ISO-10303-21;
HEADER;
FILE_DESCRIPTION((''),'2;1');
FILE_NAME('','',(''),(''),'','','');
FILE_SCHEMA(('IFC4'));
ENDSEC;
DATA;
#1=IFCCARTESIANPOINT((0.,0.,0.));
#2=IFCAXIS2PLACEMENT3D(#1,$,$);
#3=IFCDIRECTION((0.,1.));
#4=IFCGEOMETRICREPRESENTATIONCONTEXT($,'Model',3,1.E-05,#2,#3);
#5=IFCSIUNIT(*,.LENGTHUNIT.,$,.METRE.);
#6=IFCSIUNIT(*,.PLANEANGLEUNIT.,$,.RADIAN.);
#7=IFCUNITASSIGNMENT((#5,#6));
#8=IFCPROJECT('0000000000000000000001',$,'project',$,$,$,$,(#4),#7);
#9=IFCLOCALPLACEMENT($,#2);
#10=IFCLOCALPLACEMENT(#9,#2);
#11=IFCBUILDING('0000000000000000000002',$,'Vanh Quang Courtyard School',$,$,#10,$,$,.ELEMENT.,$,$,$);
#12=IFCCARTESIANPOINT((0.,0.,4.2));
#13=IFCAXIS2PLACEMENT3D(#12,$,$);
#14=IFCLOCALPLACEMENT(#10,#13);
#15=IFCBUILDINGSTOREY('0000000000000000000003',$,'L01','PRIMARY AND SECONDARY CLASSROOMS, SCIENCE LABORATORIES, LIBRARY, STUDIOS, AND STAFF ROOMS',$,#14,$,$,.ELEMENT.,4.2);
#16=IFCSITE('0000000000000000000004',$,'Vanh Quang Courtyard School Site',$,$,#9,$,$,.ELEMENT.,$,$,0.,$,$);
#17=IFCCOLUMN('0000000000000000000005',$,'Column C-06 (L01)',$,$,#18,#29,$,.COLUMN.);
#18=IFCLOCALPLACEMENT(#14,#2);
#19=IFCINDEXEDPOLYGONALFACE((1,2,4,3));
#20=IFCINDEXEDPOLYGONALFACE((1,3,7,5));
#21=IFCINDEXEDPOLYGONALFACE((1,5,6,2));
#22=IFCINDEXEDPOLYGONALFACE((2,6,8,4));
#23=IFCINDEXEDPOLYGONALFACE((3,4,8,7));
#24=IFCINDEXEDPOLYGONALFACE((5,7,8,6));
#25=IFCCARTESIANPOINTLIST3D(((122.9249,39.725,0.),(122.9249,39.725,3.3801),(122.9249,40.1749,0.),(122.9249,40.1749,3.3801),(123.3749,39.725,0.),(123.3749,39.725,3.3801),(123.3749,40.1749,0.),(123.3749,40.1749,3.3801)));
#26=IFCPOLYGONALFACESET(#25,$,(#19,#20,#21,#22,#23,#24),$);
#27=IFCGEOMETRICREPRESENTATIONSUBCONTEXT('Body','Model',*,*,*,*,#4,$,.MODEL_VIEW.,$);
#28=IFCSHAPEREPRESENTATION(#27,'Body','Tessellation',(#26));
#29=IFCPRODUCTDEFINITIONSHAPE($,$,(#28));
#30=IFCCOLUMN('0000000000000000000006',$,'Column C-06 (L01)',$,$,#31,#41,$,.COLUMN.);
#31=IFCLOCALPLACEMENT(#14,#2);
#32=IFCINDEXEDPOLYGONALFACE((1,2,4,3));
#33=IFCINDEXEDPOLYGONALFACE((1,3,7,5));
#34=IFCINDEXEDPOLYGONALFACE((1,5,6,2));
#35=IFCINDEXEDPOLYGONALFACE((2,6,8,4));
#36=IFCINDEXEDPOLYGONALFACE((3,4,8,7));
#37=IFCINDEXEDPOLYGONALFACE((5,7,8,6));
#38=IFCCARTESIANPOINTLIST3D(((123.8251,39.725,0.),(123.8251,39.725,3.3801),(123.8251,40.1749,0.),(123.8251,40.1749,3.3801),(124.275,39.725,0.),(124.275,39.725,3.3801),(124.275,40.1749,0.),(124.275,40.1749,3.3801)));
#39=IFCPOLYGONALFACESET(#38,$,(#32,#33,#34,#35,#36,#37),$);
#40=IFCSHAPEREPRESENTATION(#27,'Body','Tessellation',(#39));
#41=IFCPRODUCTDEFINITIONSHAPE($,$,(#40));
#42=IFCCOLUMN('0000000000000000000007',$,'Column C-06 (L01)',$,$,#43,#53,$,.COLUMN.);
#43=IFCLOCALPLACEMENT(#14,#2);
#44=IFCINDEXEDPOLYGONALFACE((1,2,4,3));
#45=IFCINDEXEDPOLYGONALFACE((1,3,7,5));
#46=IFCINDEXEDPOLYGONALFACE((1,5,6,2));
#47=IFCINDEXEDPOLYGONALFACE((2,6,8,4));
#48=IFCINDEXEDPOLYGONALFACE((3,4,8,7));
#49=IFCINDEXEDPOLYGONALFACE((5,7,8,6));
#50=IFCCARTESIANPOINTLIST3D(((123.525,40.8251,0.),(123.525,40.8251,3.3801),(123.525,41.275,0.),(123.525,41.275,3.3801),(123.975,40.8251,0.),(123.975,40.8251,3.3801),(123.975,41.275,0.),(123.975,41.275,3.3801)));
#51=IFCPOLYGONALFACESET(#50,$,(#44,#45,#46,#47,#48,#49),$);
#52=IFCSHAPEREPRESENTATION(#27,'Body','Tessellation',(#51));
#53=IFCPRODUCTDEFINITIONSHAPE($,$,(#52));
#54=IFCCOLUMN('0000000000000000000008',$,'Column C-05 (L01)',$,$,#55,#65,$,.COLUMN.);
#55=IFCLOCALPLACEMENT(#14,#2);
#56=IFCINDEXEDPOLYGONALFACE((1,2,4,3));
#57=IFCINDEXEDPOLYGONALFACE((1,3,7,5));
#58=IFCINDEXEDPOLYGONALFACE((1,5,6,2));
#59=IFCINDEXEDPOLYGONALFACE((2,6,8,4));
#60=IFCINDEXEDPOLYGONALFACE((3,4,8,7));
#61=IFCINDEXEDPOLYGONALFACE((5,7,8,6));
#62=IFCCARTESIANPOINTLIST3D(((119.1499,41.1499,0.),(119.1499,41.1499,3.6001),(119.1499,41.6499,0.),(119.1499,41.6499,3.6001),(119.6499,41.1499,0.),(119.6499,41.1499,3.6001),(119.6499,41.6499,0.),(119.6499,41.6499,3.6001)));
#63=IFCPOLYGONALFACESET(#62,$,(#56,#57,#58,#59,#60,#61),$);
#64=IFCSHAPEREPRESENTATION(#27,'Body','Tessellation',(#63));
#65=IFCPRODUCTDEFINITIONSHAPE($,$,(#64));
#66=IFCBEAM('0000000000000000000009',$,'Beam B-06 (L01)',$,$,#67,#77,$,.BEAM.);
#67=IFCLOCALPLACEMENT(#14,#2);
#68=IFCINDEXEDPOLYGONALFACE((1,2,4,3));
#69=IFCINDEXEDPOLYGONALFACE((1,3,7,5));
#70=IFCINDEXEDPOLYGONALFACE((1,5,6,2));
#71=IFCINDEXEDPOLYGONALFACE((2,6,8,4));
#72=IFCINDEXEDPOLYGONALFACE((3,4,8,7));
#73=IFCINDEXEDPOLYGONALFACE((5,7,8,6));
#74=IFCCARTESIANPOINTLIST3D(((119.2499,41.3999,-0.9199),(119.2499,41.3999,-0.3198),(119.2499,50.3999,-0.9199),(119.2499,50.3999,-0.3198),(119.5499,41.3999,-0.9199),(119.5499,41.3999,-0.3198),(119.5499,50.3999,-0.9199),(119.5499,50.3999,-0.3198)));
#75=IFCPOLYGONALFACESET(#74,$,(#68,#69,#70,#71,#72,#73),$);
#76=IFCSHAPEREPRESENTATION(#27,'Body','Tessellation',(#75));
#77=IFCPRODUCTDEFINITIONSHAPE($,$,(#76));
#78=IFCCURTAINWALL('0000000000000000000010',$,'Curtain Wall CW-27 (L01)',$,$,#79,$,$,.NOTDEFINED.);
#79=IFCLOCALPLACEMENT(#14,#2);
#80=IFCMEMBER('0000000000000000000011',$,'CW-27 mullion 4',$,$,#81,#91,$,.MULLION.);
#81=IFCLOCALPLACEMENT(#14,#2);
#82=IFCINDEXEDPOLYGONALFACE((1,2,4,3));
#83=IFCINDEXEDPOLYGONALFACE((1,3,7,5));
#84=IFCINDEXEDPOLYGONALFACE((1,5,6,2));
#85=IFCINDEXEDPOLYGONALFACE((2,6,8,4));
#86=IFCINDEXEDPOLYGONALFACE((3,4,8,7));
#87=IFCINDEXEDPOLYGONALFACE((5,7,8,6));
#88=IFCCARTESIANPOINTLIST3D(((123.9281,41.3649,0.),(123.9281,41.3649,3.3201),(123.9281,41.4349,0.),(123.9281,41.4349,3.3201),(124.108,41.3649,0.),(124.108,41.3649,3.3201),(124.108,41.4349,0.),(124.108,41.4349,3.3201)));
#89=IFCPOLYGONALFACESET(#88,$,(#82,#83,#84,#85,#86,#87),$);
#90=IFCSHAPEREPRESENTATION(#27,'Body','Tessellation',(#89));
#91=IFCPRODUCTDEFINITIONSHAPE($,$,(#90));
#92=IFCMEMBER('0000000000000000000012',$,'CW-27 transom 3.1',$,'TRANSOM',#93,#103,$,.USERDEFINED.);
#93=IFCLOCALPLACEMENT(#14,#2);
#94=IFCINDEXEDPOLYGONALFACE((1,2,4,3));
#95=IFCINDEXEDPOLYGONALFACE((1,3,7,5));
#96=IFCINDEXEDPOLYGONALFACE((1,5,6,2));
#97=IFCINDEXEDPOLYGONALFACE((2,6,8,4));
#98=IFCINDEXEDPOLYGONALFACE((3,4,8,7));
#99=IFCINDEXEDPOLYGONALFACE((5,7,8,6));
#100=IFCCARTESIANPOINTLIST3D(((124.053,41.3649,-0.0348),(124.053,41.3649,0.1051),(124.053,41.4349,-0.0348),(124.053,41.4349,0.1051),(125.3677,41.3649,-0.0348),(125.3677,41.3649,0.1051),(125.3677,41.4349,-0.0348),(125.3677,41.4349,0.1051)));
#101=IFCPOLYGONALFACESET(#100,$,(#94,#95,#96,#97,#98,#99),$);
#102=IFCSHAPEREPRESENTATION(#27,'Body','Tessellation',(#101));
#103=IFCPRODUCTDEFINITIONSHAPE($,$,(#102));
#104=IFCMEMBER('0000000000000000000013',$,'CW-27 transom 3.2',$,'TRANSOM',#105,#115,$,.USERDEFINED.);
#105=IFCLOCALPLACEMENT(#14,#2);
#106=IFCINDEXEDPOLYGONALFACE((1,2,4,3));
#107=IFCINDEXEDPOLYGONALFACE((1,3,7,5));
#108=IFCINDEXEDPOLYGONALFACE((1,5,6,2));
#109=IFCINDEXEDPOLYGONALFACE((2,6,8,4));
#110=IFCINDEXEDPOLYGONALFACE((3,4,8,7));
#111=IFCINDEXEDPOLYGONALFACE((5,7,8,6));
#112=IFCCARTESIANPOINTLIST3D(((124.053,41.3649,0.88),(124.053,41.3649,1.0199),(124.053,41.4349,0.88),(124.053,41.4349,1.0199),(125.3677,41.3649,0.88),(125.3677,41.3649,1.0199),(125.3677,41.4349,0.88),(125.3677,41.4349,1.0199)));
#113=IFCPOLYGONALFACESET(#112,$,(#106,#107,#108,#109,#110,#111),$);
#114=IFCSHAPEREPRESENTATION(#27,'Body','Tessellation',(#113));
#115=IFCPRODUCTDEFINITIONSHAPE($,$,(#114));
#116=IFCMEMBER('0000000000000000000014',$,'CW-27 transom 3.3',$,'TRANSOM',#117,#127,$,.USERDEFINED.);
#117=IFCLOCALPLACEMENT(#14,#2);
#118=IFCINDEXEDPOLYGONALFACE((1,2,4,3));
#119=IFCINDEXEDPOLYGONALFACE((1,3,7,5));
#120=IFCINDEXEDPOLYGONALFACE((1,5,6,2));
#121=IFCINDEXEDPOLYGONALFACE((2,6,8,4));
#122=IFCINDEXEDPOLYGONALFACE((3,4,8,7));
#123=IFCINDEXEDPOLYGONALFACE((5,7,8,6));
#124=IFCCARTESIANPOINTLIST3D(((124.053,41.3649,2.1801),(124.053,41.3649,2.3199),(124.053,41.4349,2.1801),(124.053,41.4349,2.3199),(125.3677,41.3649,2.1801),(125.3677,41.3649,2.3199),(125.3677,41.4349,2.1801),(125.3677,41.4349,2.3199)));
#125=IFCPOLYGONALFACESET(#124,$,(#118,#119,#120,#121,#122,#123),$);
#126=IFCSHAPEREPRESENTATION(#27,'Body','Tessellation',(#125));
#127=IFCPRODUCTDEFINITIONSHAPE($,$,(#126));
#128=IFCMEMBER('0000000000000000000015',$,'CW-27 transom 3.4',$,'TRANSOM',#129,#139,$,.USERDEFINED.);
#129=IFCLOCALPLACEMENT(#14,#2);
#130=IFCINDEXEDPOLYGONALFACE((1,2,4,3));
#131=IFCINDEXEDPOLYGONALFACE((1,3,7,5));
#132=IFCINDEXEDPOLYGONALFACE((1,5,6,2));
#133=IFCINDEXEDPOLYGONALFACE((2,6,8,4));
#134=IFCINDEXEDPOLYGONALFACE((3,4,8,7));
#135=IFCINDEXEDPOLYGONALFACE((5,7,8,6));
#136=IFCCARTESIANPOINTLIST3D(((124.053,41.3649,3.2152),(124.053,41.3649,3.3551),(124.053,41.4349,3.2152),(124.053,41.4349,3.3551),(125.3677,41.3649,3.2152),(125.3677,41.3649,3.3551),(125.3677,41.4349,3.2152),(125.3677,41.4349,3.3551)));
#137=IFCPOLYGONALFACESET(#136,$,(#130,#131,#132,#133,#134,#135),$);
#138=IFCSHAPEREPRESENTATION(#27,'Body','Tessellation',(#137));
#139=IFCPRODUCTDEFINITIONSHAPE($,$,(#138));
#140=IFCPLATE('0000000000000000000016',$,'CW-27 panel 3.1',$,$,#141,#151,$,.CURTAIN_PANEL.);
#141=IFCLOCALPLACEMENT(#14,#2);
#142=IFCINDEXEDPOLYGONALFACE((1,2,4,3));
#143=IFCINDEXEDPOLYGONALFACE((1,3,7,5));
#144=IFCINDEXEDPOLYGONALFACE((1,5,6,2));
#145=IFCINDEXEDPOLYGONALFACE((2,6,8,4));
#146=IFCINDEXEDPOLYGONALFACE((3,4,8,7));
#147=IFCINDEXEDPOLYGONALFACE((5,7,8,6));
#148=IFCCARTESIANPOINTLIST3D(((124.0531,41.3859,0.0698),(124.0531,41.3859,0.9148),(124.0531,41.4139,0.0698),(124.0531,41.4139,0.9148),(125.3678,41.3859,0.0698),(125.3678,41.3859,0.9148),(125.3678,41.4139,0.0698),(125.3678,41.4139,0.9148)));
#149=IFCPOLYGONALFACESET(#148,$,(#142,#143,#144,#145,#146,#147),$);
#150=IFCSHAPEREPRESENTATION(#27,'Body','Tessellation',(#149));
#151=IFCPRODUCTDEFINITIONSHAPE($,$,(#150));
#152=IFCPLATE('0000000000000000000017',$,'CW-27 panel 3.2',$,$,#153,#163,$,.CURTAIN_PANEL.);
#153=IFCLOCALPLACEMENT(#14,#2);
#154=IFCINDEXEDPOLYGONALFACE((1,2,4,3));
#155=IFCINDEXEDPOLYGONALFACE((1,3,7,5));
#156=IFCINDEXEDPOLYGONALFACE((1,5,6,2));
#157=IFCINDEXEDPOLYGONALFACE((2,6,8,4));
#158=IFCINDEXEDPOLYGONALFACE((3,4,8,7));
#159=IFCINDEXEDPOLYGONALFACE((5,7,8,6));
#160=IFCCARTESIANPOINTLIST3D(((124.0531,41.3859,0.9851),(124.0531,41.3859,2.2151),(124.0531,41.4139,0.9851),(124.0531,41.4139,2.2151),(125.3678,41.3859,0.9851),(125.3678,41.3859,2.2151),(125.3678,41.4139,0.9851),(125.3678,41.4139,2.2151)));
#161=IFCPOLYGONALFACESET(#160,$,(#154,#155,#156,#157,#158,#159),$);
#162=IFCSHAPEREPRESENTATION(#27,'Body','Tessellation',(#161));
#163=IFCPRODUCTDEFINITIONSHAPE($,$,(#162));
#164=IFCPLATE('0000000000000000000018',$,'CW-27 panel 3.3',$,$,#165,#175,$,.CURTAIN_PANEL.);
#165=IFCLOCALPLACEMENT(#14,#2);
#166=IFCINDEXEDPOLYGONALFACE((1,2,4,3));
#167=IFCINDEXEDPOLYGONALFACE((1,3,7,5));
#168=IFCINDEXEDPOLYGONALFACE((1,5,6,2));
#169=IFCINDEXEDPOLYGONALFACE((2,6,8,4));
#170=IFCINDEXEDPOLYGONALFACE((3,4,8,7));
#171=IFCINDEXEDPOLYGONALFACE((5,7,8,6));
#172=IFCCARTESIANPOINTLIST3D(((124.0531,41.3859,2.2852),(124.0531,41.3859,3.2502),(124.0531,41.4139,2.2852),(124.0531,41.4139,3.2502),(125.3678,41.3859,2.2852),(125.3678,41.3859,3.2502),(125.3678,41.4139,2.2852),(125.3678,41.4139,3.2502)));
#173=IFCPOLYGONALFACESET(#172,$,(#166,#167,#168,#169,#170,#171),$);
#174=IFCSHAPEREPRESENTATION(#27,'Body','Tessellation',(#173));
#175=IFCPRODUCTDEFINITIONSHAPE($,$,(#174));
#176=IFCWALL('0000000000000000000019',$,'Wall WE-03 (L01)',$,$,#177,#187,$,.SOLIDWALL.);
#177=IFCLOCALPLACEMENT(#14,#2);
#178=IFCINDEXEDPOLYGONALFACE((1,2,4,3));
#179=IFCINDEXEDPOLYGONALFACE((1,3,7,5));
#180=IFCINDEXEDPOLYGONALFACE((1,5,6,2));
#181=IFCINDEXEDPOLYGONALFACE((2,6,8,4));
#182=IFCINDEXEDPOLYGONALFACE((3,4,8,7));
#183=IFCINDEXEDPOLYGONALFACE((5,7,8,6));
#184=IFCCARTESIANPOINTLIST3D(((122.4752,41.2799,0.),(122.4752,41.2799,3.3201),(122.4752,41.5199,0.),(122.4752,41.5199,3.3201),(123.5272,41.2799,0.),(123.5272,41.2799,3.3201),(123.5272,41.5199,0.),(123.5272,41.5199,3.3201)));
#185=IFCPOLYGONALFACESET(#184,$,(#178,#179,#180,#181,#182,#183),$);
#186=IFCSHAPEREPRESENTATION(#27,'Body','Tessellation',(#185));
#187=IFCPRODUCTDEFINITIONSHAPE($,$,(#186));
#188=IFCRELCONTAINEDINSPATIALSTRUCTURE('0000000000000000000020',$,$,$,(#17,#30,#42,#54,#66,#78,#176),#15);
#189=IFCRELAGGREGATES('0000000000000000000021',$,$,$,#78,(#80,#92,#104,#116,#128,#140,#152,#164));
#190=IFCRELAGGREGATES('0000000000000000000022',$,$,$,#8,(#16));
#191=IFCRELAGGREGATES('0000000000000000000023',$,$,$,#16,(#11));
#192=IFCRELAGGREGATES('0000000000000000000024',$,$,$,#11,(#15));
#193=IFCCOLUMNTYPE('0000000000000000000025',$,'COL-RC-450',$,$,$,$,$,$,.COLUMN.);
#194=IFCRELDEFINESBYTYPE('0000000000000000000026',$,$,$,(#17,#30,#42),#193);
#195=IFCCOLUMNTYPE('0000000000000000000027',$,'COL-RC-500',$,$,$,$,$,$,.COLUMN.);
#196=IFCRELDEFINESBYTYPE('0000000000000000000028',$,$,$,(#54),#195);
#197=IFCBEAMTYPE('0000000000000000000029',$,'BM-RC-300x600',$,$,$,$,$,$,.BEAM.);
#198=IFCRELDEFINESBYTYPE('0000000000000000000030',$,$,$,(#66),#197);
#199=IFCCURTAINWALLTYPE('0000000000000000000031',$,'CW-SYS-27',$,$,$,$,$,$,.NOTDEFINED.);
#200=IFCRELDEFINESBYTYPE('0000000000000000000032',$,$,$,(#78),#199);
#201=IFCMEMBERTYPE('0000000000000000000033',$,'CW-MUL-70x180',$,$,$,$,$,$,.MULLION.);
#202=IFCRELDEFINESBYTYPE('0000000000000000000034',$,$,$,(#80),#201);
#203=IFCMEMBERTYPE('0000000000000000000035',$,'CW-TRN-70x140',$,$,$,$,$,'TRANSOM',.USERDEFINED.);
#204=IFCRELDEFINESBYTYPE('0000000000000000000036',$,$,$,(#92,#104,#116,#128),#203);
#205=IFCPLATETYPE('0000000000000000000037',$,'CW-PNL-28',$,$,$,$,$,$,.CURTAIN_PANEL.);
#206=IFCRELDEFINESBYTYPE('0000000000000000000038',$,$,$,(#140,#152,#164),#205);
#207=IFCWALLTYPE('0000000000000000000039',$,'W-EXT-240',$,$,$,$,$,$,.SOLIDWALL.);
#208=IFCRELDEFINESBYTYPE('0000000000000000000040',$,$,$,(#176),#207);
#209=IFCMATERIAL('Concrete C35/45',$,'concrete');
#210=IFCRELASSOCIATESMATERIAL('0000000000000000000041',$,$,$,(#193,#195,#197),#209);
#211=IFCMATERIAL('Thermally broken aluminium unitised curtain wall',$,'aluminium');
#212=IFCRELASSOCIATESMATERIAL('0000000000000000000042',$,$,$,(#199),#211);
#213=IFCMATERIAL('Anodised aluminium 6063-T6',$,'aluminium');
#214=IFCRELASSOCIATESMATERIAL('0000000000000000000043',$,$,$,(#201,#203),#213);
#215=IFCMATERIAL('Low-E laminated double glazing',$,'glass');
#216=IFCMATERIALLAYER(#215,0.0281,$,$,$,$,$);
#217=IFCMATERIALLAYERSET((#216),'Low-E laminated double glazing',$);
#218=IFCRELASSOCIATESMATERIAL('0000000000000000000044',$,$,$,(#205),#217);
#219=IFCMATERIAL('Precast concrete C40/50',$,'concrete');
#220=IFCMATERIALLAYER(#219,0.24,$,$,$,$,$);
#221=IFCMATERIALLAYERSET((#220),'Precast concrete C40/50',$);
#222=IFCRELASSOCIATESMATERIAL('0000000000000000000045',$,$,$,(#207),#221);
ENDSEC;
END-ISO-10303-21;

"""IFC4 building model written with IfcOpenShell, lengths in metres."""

from ifc_helpers import new_model, si_unit, direction, frame, frame_2d, origin, origin_2d, place, context, subcontext, project, spatial, rectangle, extrude, material, layer, layer_set, material_profile, profile_set, type_object, element, aggregate, save


model = new_model("IFC4")

# Units and contexts
model_context = context("Model", 3, precision=1e-05, world=origin(), true_north=direction((0.0, 1.0)))
body_context = subcontext(model_context, "Body", "Model", "MODEL_VIEW")
ifc_project = project(units=[si_unit("LENGTHUNIT", "METRE"), si_unit("PLANEANGLEUNIT", "RADIAN")], contexts=[model_context])

# Site, building, storey
site_placement = place(None, origin())
site = spatial("IfcSite", under=ifc_project, at=site_placement, Name="Vanh Quang Courtyard School Site", CompositionType="ELEMENT", RefElevation=0.0)
building_placement = place(site_placement, origin())
building = spatial("IfcBuilding", under=site, at=building_placement, Name="Vanh Quang Courtyard School", CompositionType="ELEMENT")
storey_placement = place(building_placement, frame((0.0, 0.0, 4.2)))
storey = spatial("IfcBuildingStorey", under=building, at=storey_placement, Name="L01", Description="PRIMARY AND SECONDARY CLASSROOMS, SCIENCE LABORATORIES, LIBRARY, STUDIOS, AND STAFF ROOMS", CompositionType="ELEMENT", Elevation=4.2)

# Columns
ifc_material_1 = material(Name="Concrete C35/45", Category="concrete")
ifc_material_profile_1 = material_profile(ifc_material_1, rectangle(XDim=0.45, YDim=0.45, at=origin_2d()), Name="RC-COL 450x450")
ifc_profile_set_1 = profile_set([ifc_material_profile_1], Name="Concrete C35/45")
column_type_1 = type_object("IfcColumnType", Name="COL-RC-450", PredefinedType="COLUMN", material=ifc_profile_set_1)
for number, where, z_axis, x_axis, name in (
    (1, (123.1499, 39.95, 0.0), (0.0, 0.0, 1.0), (1.0, 0.0, 0.0), "Column C-06 (L01)"),
    (2, (124.05, 39.95, 0.0), (0.0, 0.0, 1.0), (1.0, 0.0, 0.0), "Column C-06 (L01)"),
    (3, (123.75, 41.05, 0.0), (0.0, 0.0, 1.0), (1.0, 0.0, 0.0), "Column C-06 (L01)"),
):
    element("IfcColumn", number, at=place(storey_placement, frame(where, z_axis=z_axis, x_axis=x_axis)), inside=storey, type_object=column_type_1, Name=name, PredefinedType="COLUMN", context=body_context, shape_type="SweptSolid", body=[
        extrude(rectangle(XDim=0.45, YDim=0.45, at=origin_2d()), origin(), (0.0, 0.0, 1.0), 3.3801),
    ])
ifc_material_profile_2 = material_profile(ifc_material_1, rectangle(XDim=0.5, YDim=0.5, at=origin_2d()), Name="RC-COL 500x500")
ifc_profile_set_2 = profile_set([ifc_material_profile_2], Name="Concrete C35/45")
column_type_2 = type_object("IfcColumnType", Name="COL-RC-500", PredefinedType="COLUMN", material=ifc_profile_set_2)
column_placement = place(storey_placement, frame((119.3999, 41.3999, 0.0), z_axis=(0.0, 0.0, 1.0), x_axis=(1.0, 0.0, 0.0)))
element("IfcColumn", 4, at=column_placement, inside=storey, type_object=column_type_2, Name="Column C-05 (L01)", PredefinedType="COLUMN", context=body_context, shape_type="SweptSolid", body=[
    extrude(rectangle(XDim=0.5, YDim=0.5, at=origin_2d()), origin(), (0.0, 0.0, 1.0), 3.6001),
])

# Beam
ifc_material_profile_3 = material_profile(ifc_material_1, rectangle(XDim=0.3, YDim=0.6001, at=origin_2d()), Name="RC-BM 300x600")
ifc_profile_set_3 = profile_set([ifc_material_profile_3], Name="Concrete C35/45")
beam_type = type_object("IfcBeamType", Name="BM-RC-300x600", PredefinedType="BEAM", material=ifc_profile_set_3)
beam_placement = place(storey_placement, frame((119.3999, 41.3999, -0.6199), z_axis=(0.0, 1.0, 0.0), x_axis=(-1.0, 0.0, 0.0)))
element("IfcBeam", 5, at=beam_placement, inside=storey, type_object=beam_type, Name="Beam B-06 (L01)", PredefinedType="BEAM", context=body_context, shape_type="SweptSolid", body=[
    extrude(rectangle(XDim=0.3, YDim=0.6001, at=origin_2d()), origin(), (0.0, 0.0, 1.0), 9.0),
])

# Curtain wall, members, plates
ifc_material_2 = material(Name="Thermally broken aluminium unitised curtain wall", Category="aluminium")
curtain_wall_type = type_object("IfcCurtainWallType", Name="CW-SYS-27", PredefinedType="NOTDEFINED", material=ifc_material_2)
curtain_wall_placement = place(storey_placement, origin())
curtain_wall = element("IfcCurtainWall", 6, at=curtain_wall_placement, inside=storey, type_object=curtain_wall_type, Name="Curtain Wall CW-27 (L01)", PredefinedType="NOTDEFINED")
ifc_material_3 = material(Name="Anodised aluminium 6063-T6", Category="aluminium")
ifc_material_profile_4 = material_profile(ifc_material_3, rectangle(XDim=0.0701, YDim=0.1799, at=origin_2d()), Name="ALU-MUL 70x180")
ifc_profile_set_4 = profile_set([ifc_material_profile_4], Name="Anodised aluminium 6063-T6")
member_type_1 = type_object("IfcMemberType", Name="CW-MUL-70x180", PredefinedType="MULLION", material=ifc_profile_set_4)
member_1_placement = place(storey_placement, frame((124.0181, 41.3999, 0.0), z_axis=(0.0, 0.0, 1.0), x_axis=(0.0, -1.0, 0.0)))
member_1 = element("IfcMember", 7, at=member_1_placement, type_object=member_type_1, Name="CW-27 mullion 4", PredefinedType="MULLION", context=body_context, shape_type="SweptSolid", body=[
    extrude(rectangle(XDim=0.0701, YDim=0.1799, at=origin_2d()), origin(), (0.0, 0.0, 1.0), 3.3201),
])
ifc_material_profile_5 = material_profile(ifc_material_3, rectangle(XDim=0.0701, YDim=0.1399, at=origin_2d()), Name="ALU-TRN 70x140")
ifc_profile_set_5 = profile_set([ifc_material_profile_5], Name="Anodised aluminium 6063-T6")
member_type_2 = type_object("IfcMemberType", Name="CW-TRN-70x140", ElementType="TRANSOM", PredefinedType="USERDEFINED", material=ifc_profile_set_5)
member_2_placement = place(storey_placement, frame((125.3677, 41.3999, 0.0352), z_axis=(-1.0, 0.0, 0.0), x_axis=(0.0, -1.0, 0.0)))
member_2 = element("IfcMember", 8, at=member_2_placement, type_object=member_type_2, Name="CW-27 transom 3.1", ObjectType="TRANSOM", PredefinedType="USERDEFINED", context=body_context, shape_type="SweptSolid", body=[
    extrude(rectangle(XDim=0.0701, YDim=0.1399, at=origin_2d()), origin(), (0.0, 0.0, 1.0), 1.3147),
])
member_3_placement = place(storey_placement, frame((125.3677, 41.3999, 0.95), z_axis=(-1.0, 0.0, 0.0), x_axis=(0.0, -1.0, 0.0)))
member_3 = element("IfcMember", 9, at=member_3_placement, type_object=member_type_2, Name="CW-27 transom 3.2", ObjectType="TRANSOM", PredefinedType="USERDEFINED", context=body_context, shape_type="SweptSolid", body=[
    extrude(rectangle(XDim=0.0701, YDim=0.1399, at=origin_2d()), origin(), (0.0, 0.0, 1.0), 1.3147),
])
member_4_placement = place(storey_placement, frame((125.3677, 41.3999, 2.25), z_axis=(-1.0, 0.0, 0.0), x_axis=(0.0, -1.0, 0.0)))
member_4 = element("IfcMember", 10, at=member_4_placement, type_object=member_type_2, Name="CW-27 transom 3.3", ObjectType="TRANSOM", PredefinedType="USERDEFINED", context=body_context, shape_type="SweptSolid", body=[
    extrude(rectangle(XDim=0.0701, YDim=0.1399, at=origin_2d()), origin(), (0.0, 0.0, 1.0), 1.3147),
])
member_5_placement = place(storey_placement, frame((125.3677, 41.3999, 3.2852), z_axis=(-1.0, 0.0, 0.0), x_axis=(0.0, -1.0, 0.0)))
member_5 = element("IfcMember", 11, at=member_5_placement, type_object=member_type_2, Name="CW-27 transom 3.4", ObjectType="TRANSOM", PredefinedType="USERDEFINED", context=body_context, shape_type="SweptSolid", body=[
    extrude(rectangle(XDim=0.0701, YDim=0.1399, at=origin_2d()), origin(), (0.0, 0.0, 1.0), 1.3147),
])
ifc_material_4 = material(Name="Low-E laminated double glazing", Category="glass")
ifc_layer_1 = layer(ifc_material_4, 0.0281)
ifc_layer_set_1 = layer_set([ifc_layer_1], Name="Low-E laminated double glazing")
plate_type = type_object("IfcPlateType", Name="CW-PNL-28", PredefinedType="CURTAIN_PANEL", material=ifc_layer_set_1)
plate_1_placement = place(storey_placement, frame((124.7104, 41.3999, 0.0698), z_axis=(0.0, 0.0, 1.0), x_axis=(-1.0, 0.0, 0.0)))
plate_1 = element("IfcPlate", 12, at=plate_1_placement, type_object=plate_type, Name="CW-27 panel 3.1", PredefinedType="CURTAIN_PANEL", context=body_context, shape_type="SweptSolid", body=[
    extrude(rectangle(XDim=1.3147, YDim=0.0281, at=origin_2d()), origin(), (0.0, 0.0, 1.0), 0.845),
])
plate_2_placement = place(storey_placement, frame((124.7104, 41.3999, 0.9851), z_axis=(0.0, 0.0, 1.0), x_axis=(-1.0, 0.0, 0.0)))
plate_2 = element("IfcPlate", 13, at=plate_2_placement, type_object=plate_type, Name="CW-27 panel 3.2", PredefinedType="CURTAIN_PANEL", context=body_context, shape_type="SweptSolid", body=[
    extrude(rectangle(XDim=1.3147, YDim=0.0281, at=origin_2d()), origin(), (0.0, 0.0, 1.0), 1.23),
])
plate_3_placement = place(storey_placement, frame((124.7104, 41.3999, 2.2852), z_axis=(0.0, 0.0, 1.0), x_axis=(-1.0, 0.0, 0.0)))
plate_3 = element("IfcPlate", 14, at=plate_3_placement, type_object=plate_type, Name="CW-27 panel 3.3", PredefinedType="CURTAIN_PANEL", context=body_context, shape_type="SweptSolid", body=[
    extrude(rectangle(XDim=1.3147, YDim=0.0281, at=origin_2d()), origin(), (0.0, 0.0, 1.0), 0.9651),
])
aggregate(curtain_wall, [member_1, member_2, member_3, member_4, member_5, plate_1, plate_2, plate_3])

# Wall
ifc_material_5 = material(Name="Precast concrete C40/50", Category="concrete")
ifc_layer_2 = layer(ifc_material_5, 0.24)
ifc_layer_set_2 = layer_set([ifc_layer_2], Name="Precast concrete C40/50")
wall_type_1 = type_object("IfcWallType", Name="W-EXT-240", PredefinedType="SOLIDWALL", material=ifc_layer_set_2)
wall_1_placement = place(storey_placement, frame((123.5271, 41.3999, 0.0), z_axis=(0.0, 0.0, 1.0), x_axis=(-1.0, 0.0, 0.0)))
element("IfcWall", 15, at=wall_1_placement, inside=storey, type_object=wall_type_1, Name="Wall WE-03 (L01)", PredefinedType="SOLIDWALL", context=body_context, shape_type="SweptSolid", body=[
    extrude(rectangle(XDim=1.052, YDim=0.24, at=frame_2d((0.5259, 0.0))), origin(), (0.0, 0.0, 1.0), 3.3201),
])

save(model, "model.ifc")
